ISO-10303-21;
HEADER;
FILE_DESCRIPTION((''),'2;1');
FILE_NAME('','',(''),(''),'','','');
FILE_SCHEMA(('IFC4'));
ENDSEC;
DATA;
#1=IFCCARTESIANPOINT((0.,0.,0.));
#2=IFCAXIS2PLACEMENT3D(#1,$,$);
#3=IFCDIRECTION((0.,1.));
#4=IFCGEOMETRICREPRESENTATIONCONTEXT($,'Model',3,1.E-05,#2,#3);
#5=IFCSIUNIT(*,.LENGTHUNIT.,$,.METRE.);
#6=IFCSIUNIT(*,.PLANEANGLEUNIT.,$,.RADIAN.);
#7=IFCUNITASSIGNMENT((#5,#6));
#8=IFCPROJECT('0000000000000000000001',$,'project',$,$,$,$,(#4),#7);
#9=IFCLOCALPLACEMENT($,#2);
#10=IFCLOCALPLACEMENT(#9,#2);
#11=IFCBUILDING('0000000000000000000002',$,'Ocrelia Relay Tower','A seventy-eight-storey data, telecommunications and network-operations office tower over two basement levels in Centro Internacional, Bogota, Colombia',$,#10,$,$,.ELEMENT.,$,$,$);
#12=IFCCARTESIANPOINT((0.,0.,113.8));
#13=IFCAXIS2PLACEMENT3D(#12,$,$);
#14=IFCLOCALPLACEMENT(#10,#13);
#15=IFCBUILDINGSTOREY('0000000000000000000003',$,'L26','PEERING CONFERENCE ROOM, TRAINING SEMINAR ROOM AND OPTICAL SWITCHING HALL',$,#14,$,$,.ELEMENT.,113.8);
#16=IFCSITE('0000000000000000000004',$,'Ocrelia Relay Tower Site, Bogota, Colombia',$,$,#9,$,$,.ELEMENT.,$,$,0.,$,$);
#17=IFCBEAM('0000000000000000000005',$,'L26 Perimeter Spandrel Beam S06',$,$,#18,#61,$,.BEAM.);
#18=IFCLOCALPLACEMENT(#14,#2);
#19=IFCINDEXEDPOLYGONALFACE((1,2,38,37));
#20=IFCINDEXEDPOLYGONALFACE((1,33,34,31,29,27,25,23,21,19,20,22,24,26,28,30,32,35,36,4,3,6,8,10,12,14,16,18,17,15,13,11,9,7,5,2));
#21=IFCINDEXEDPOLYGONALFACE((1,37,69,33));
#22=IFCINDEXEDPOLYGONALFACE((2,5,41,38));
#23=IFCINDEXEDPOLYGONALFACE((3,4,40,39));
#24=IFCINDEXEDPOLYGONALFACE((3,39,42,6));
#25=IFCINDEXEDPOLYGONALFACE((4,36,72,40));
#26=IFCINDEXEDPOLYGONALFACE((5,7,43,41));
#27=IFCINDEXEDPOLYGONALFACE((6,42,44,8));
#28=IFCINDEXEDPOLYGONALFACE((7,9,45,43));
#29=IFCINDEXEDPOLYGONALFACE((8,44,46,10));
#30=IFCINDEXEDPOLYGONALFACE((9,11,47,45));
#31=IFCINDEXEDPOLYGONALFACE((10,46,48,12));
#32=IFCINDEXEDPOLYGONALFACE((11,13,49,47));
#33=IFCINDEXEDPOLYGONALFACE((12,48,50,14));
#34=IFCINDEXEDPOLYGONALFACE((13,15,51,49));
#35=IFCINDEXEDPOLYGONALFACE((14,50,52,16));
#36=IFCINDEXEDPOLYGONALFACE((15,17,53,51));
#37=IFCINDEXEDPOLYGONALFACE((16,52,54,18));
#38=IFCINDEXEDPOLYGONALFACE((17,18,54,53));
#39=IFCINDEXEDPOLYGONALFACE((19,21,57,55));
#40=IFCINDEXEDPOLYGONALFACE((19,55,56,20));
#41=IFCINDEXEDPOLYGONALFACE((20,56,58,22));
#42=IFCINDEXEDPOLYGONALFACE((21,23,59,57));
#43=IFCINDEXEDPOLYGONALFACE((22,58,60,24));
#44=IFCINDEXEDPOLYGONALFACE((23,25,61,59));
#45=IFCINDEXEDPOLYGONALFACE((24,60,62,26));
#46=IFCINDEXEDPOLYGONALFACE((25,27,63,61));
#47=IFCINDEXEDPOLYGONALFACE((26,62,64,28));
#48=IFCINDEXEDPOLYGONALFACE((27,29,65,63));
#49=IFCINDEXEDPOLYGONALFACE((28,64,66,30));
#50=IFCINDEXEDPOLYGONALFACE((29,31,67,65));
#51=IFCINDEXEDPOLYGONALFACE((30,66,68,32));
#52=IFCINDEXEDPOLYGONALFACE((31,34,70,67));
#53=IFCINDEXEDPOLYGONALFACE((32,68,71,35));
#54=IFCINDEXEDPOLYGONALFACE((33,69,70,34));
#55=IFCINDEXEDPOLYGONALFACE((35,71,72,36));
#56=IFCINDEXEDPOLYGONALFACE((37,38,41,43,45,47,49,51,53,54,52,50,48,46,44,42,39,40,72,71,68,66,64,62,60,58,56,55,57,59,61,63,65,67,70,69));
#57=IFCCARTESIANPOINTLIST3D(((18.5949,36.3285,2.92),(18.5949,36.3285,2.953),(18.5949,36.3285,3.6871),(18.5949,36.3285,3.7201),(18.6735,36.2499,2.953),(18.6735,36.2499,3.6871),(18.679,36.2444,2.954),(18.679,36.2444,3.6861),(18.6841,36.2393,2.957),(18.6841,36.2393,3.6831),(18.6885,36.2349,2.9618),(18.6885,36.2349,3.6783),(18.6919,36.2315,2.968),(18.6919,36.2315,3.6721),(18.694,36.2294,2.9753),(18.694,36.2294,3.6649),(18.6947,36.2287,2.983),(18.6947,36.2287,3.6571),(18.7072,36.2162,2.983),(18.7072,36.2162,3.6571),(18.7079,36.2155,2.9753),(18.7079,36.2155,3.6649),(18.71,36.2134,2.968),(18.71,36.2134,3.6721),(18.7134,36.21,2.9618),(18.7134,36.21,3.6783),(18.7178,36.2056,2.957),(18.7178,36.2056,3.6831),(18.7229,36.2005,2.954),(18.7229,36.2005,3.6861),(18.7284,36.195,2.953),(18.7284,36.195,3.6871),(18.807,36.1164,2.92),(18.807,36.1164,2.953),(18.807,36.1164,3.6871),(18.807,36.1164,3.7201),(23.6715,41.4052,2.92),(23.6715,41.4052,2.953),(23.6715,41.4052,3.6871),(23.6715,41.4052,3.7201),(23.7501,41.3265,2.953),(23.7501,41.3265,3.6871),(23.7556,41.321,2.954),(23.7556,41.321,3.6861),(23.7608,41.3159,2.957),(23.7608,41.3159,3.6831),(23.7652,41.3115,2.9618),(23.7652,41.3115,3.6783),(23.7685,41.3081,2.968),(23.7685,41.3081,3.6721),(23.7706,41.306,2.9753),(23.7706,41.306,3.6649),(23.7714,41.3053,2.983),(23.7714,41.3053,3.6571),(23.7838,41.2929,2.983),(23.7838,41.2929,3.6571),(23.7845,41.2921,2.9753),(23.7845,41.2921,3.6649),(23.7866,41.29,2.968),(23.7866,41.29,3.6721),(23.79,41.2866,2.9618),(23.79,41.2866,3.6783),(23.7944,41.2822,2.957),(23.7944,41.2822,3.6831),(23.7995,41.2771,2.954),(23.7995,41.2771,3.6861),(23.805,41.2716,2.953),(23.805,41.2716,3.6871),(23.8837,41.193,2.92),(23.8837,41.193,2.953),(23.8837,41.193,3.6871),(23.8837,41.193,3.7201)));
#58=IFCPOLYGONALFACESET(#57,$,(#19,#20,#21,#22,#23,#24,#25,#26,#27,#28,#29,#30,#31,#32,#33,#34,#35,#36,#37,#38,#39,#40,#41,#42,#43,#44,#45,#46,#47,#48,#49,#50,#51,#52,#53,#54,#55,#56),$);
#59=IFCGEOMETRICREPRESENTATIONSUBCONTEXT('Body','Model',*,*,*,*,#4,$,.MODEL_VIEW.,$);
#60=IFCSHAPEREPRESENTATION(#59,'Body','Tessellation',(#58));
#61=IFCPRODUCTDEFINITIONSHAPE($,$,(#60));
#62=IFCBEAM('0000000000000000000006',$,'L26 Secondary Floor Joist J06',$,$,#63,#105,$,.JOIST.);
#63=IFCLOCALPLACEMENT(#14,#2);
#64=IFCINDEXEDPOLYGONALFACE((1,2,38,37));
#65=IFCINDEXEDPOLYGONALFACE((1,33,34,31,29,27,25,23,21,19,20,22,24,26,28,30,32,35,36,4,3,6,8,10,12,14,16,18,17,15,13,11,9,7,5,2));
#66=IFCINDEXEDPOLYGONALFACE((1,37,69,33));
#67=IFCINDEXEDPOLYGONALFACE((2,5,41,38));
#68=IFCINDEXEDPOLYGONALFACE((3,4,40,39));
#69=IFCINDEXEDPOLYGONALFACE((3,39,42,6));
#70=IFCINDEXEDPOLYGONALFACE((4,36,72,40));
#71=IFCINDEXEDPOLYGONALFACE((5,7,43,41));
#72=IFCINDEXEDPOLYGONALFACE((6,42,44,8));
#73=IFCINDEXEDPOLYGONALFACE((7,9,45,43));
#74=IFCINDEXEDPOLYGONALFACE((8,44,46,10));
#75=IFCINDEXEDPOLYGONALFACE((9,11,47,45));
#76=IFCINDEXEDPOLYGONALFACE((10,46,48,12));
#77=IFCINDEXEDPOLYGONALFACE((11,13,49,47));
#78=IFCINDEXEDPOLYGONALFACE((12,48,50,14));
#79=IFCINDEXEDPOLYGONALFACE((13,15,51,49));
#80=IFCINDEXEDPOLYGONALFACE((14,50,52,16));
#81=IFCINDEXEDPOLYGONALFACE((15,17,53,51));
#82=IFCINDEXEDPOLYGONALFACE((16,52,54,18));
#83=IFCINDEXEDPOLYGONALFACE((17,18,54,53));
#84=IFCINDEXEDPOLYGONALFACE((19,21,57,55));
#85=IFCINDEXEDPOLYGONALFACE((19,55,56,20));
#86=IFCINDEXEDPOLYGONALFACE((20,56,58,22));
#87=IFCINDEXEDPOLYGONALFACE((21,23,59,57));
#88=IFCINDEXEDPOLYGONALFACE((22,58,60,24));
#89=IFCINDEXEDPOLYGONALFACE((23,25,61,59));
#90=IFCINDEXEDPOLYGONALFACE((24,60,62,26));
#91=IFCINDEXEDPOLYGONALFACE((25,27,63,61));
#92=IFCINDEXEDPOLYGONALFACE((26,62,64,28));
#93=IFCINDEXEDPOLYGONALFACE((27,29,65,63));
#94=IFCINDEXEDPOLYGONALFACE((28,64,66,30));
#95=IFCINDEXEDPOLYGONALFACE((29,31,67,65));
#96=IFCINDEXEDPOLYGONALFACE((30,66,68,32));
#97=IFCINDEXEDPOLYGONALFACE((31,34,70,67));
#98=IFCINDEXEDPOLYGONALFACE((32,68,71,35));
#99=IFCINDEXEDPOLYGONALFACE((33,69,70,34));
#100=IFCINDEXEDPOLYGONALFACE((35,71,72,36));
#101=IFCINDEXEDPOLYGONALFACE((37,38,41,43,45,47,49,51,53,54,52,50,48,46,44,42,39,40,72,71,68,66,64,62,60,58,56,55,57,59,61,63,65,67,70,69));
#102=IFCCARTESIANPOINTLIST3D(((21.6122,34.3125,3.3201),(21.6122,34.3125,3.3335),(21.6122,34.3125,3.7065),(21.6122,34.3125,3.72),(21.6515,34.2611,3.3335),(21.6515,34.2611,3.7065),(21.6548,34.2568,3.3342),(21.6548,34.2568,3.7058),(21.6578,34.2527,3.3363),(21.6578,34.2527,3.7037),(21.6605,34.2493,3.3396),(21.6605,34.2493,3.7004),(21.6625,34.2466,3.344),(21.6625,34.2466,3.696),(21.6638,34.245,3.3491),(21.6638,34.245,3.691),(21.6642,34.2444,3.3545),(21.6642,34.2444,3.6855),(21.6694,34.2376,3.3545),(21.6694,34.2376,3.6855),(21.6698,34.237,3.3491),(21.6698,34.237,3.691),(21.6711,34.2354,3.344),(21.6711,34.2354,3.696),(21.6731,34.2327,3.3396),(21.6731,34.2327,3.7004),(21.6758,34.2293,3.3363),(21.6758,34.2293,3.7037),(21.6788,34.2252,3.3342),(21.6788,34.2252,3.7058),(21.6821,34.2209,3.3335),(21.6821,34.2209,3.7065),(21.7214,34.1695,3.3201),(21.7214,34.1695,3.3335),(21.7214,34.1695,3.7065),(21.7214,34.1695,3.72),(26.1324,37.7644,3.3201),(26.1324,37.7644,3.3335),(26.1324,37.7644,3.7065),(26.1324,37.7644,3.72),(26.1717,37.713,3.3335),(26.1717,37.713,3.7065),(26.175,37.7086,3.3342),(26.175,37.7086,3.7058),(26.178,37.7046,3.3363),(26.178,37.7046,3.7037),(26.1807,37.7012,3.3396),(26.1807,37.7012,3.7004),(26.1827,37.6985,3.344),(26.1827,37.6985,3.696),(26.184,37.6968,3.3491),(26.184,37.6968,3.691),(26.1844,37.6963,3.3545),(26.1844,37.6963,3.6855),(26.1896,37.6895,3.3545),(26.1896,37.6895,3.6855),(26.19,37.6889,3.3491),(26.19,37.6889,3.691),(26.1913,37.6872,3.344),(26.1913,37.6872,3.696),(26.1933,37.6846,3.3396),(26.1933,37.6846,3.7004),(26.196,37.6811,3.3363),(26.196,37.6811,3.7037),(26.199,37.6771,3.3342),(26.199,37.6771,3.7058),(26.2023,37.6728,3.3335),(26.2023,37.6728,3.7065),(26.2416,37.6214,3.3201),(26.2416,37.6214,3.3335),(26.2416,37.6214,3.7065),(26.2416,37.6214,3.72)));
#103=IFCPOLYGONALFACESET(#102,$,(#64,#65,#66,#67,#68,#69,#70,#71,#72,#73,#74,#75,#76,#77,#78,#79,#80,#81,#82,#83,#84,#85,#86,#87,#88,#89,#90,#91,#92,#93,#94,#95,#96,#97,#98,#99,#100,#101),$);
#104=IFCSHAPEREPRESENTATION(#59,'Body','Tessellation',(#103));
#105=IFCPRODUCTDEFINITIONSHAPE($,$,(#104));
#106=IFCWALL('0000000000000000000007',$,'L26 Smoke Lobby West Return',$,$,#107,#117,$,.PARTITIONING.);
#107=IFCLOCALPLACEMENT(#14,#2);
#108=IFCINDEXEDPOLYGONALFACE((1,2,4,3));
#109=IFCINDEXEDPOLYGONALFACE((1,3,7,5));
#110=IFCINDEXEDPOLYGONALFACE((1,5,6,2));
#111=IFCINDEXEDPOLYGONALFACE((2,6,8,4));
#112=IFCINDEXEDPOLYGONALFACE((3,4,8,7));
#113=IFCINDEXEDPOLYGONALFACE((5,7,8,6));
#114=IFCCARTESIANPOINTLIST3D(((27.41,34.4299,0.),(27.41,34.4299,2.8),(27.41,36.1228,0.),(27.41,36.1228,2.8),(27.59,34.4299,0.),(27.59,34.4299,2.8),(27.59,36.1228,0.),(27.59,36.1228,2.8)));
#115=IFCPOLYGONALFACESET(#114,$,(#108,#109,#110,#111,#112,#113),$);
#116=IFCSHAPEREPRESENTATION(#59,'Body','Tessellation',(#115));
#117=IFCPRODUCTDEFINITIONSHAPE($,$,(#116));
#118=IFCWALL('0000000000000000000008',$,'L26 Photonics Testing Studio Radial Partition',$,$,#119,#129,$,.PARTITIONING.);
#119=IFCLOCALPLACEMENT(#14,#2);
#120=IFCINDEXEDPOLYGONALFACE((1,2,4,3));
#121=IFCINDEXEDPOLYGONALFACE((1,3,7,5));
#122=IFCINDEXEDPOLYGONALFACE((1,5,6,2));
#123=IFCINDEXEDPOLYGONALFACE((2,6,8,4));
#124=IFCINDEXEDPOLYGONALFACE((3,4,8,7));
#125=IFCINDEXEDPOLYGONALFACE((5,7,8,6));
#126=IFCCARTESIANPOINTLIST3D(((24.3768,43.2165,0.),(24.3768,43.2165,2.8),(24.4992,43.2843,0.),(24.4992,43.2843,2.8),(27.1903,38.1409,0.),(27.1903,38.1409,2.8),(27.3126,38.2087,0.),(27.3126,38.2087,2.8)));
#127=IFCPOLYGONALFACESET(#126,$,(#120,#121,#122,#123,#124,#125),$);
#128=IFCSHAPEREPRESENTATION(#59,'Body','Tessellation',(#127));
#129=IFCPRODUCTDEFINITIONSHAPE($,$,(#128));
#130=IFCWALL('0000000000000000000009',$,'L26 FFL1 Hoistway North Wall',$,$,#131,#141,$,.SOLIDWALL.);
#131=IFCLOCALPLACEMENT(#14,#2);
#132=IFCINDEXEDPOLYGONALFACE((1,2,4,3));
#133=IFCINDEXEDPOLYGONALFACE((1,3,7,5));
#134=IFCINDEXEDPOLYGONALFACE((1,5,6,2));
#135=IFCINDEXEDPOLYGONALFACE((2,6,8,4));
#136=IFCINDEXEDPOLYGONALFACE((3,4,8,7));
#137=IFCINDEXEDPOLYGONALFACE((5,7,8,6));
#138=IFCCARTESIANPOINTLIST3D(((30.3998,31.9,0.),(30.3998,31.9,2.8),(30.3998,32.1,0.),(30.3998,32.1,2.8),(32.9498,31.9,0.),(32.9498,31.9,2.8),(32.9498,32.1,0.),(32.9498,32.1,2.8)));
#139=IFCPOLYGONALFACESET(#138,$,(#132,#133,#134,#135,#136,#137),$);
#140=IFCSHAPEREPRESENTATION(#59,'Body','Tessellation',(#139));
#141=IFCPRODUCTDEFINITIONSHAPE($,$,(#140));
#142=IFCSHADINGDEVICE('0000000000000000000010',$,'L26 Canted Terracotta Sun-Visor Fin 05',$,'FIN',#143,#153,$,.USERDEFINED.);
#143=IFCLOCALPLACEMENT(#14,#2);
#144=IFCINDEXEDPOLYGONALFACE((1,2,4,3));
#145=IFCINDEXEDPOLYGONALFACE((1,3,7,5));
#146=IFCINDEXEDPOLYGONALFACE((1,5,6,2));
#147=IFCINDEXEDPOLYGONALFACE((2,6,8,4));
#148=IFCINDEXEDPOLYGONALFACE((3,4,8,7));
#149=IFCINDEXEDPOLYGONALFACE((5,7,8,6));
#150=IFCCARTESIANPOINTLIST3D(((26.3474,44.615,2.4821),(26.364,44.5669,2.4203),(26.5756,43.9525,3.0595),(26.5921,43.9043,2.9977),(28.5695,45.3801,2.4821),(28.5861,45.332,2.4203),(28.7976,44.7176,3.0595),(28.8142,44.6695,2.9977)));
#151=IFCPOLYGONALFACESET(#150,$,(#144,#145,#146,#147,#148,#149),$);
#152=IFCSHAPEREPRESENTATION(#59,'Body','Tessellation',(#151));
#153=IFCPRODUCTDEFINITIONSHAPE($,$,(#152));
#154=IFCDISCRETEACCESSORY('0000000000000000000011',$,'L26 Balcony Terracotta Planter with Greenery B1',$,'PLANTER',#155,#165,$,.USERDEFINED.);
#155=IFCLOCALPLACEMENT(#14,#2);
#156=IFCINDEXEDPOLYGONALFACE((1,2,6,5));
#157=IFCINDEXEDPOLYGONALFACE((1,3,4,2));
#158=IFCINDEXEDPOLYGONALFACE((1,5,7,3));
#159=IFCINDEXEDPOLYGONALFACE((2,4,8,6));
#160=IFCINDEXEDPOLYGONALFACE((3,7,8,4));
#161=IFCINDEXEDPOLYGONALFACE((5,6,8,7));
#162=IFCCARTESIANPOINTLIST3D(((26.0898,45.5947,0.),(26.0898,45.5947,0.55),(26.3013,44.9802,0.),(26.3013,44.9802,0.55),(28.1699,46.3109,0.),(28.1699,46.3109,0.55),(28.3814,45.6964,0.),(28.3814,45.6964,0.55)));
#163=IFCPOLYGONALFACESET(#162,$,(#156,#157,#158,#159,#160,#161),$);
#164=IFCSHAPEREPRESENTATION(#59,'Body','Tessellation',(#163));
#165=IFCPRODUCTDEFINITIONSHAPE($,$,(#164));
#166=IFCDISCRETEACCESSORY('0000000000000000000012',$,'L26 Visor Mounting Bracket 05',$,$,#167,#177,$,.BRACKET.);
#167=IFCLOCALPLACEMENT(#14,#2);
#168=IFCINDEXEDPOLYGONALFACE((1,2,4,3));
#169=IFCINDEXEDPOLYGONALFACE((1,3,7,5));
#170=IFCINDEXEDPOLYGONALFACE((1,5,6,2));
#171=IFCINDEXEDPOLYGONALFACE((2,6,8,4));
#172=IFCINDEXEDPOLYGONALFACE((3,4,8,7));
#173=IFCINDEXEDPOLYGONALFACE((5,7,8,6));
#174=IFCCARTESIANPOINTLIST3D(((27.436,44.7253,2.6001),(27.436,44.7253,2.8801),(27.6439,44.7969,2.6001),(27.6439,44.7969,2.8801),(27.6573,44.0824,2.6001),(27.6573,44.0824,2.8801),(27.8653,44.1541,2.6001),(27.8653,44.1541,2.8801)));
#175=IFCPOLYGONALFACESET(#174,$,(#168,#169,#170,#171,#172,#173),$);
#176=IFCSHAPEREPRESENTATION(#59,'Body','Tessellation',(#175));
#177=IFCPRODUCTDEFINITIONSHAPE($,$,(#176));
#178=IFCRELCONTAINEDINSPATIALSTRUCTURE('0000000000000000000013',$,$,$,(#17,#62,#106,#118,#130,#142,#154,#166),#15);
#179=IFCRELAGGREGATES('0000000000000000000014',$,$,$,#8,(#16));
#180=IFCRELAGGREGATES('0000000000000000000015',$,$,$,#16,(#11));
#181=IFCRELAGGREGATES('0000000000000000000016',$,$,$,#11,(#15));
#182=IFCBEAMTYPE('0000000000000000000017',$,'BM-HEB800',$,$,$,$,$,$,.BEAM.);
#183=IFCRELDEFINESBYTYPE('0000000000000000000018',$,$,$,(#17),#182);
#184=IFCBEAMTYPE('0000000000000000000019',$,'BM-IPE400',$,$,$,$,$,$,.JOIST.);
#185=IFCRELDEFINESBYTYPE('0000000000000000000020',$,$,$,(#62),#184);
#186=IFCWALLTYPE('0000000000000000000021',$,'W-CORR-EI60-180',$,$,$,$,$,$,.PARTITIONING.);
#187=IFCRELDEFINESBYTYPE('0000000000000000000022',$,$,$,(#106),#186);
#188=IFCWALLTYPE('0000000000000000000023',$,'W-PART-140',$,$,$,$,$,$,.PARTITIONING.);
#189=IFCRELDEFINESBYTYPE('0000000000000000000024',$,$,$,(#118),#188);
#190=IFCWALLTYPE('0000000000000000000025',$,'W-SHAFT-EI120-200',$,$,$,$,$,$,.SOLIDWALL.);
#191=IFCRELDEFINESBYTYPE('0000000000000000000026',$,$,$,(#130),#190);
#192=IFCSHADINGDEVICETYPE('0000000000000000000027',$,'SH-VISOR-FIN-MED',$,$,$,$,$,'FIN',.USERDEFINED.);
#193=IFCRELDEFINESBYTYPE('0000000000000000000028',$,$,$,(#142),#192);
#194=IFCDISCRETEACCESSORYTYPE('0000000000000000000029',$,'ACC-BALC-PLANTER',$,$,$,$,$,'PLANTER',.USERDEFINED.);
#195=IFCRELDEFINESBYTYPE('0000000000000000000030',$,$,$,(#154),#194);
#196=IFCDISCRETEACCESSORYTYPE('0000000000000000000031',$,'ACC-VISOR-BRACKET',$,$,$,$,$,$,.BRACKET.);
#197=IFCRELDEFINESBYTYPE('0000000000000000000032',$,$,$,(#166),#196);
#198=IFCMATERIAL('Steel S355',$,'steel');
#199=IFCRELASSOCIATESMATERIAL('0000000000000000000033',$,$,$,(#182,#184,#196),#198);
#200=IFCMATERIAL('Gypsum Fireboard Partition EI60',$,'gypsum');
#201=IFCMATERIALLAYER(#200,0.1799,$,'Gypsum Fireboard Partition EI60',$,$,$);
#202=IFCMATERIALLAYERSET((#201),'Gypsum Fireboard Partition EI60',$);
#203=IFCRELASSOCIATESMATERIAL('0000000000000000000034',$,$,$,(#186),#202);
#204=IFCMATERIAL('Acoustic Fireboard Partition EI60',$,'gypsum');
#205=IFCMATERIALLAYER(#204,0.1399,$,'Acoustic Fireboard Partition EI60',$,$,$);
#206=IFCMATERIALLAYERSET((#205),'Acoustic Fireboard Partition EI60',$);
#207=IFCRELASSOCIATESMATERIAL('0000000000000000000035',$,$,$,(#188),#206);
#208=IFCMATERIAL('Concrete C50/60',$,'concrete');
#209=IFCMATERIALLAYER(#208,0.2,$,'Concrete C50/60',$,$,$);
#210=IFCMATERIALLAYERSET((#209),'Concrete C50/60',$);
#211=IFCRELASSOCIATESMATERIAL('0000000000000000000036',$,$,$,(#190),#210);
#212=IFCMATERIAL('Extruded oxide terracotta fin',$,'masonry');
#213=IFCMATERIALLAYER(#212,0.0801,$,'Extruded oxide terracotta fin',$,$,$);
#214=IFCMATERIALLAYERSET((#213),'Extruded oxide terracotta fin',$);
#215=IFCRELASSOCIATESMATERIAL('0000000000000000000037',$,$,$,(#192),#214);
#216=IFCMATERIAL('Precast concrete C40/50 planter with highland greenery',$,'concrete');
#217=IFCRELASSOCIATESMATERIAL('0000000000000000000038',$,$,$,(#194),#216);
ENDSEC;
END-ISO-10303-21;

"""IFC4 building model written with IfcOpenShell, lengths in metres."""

from ifc_helpers import new_model, si_unit, direction, frame, frame_2d, origin, origin_2d, place, context, subcontext, project, spatial, rectangle, i_section, extrude, material, layer, layer_set, material_profile, profile_set, type_object, element, save


model = new_model("IFC4")

# Units and contexts
model_context = context("Model", 3, precision=1e-05, world=origin(), true_north=direction((0.0, 1.0)))
body_context = subcontext(model_context, "Body", "Model", "MODEL_VIEW")
ifc_project = project(units=[si_unit("LENGTHUNIT", "METRE"), si_unit("PLANEANGLEUNIT", "RADIAN")], contexts=[model_context])

# Site, building, storey
site_placement = place(None, origin())
site = spatial("IfcSite", under=ifc_project, at=site_placement, Name="Ocrelia Relay Tower Site, Bogota, Colombia", CompositionType="ELEMENT", RefElevation=0.0)
building_placement = place(site_placement, origin())
building = spatial("IfcBuilding", under=site, at=building_placement, Name="Ocrelia Relay Tower", Description="A seventy-eight-storey data, telecommunications and network-operations office tower over two basement levels in Centro Internacional, Bogota, Colombia", CompositionType="ELEMENT")
storey_placement = place(building_placement, frame((0.0, 0.0, 113.8)))
storey = spatial("IfcBuildingStorey", under=building, at=storey_placement, Name="L26", Description="PEERING CONFERENCE ROOM, TRAINING SEMINAR ROOM AND OPTICAL SWITCHING HALL", CompositionType="ELEMENT", Elevation=113.8)

# Beams
ifc_material_1 = material(Name="Steel S355", Category="steel")
ifc_material_profile_1 = material_profile(ifc_material_1, i_section(OverallWidth=0.3, OverallDepth=0.8, WebThickness=0.0176, FlangeThickness=0.033, FilletRadius=0.03, at=origin_2d()), Name="HEB 800")
ifc_profile_set_1 = profile_set([ifc_material_profile_1], Name="Steel S355")
beam_type_1 = type_object("IfcBeamType", Name="BM-HEB800", PredefinedType="BEAM", material=ifc_profile_set_1)
beam_1_placement = place(storey_placement, frame((23.7776, 41.2991, 3.3201), z_axis=(-0.707107, -0.707107, 0.0), x_axis=(0.707107, -0.707107, 0.0)))
element("IfcBeam", 1, at=beam_1_placement, inside=storey, type_object=beam_type_1, Name="L26 Perimeter Spandrel Beam S06", PredefinedType="BEAM", context=body_context, shape_type="SweptSolid", body=[
    extrude(i_section(OverallWidth=0.3, OverallDepth=0.8, WebThickness=0.0176, FlangeThickness=0.033, FilletRadius=0.03, at=origin_2d()), origin(), (0.0, 0.0, 1.0), 7.1794),
])
ifc_material_profile_2 = material_profile(ifc_material_1, i_section(OverallWidth=0.1799, OverallDepth=0.3999, WebThickness=0.0085, FlangeThickness=0.0134, FilletRadius=0.021, at=origin_2d()), Name="IPE 400")
ifc_profile_set_2 = profile_set([ifc_material_profile_2], Name="Steel S355")
beam_type_2 = type_object("IfcBeamType", Name="BM-IPE400", PredefinedType="JOIST", material=ifc_profile_set_2)
beam_2_placement = place(storey_placement, frame((26.187, 37.6929, 3.52), z_axis=(-0.794762, -0.606921, 0.0), x_axis=(0.606921, -0.794762, 0.0)))
element("IfcBeam", 2, at=beam_2_placement, inside=storey, type_object=beam_type_2, Name="L26 Secondary Floor Joist J06", PredefinedType="JOIST", context=body_context, shape_type="SweptSolid", body=[
    extrude(i_section(OverallWidth=0.1799, OverallDepth=0.3999, WebThickness=0.0085, FlangeThickness=0.0134, FilletRadius=0.021, at=origin_2d()), origin(), (0.0, 0.0, 1.0), 5.6875),
])

# Wall
ifc_material_2 = material(Name="Gypsum Fireboard Partition EI60", Category="gypsum")
ifc_layer_1 = layer(ifc_material_2, 0.1799, Name="Gypsum Fireboard Partition EI60")
ifc_layer_set_1 = layer_set([ifc_layer_1], Name="Gypsum Fireboard Partition EI60")
wall_type_1 = type_object("IfcWallType", Name="W-CORR-EI60-180", PredefinedType="PARTITIONING", material=ifc_layer_set_1)
wall_1_placement = place(storey_placement, frame((27.5, 34.4299, 0.0), z_axis=(0.0, 0.0, 1.0), x_axis=(0.0, 1.0, 0.0)))
element("IfcWall", 3, at=wall_1_placement, inside=storey, type_object=wall_type_1, Name="L26 Smoke Lobby West Return", PredefinedType="PARTITIONING", context=body_context, shape_type="SweptSolid", body=[
    extrude(rectangle(XDim=1.6929, YDim=0.1799, at=frame_2d((0.8464, 0.0))), origin(), (0.0, 0.0, 1.0), 2.8),
])

# Shared definitions
ifc_material_3 = material(Name="Concrete C50/60", Category="concrete")

# Walls
ifc_material_4 = material(Name="Acoustic Fireboard Partition EI60", Category="gypsum")
ifc_layer_2 = layer(ifc_material_4, 0.1399, Name="Acoustic Fireboard Partition EI60")
ifc_layer_set_2 = layer_set([ifc_layer_2], Name="Acoustic Fireboard Partition EI60")
wall_type_2 = type_object("IfcWallType", Name="W-PART-140", PredefinedType="PARTITIONING", material=ifc_layer_set_2)
wall_2_placement = place(storey_placement, frame((27.2515, 38.1748, 0.0), z_axis=(0.0, 0.0, 1.0), x_axis=(-0.484807, 0.874621, 0.0)))
element("IfcWall", 4, at=wall_2_placement, inside=storey, type_object=wall_type_2, Name="L26 Photonics Testing Studio Radial Partition", PredefinedType="PARTITIONING", context=body_context, shape_type="SweptSolid", body=[
    extrude(rectangle(XDim=5.8032, YDim=0.1399, at=frame_2d((2.9016, 0.0))), origin(), (0.0, 0.0, 1.0), 2.8),
])
ifc_layer_3 = layer(ifc_material_3, 0.2, Name="Concrete C50/60")
ifc_layer_set_3 = layer_set([ifc_layer_3], Name="Concrete C50/60")
wall_type_3 = type_object("IfcWallType", Name="W-SHAFT-EI120-200", PredefinedType="SOLIDWALL", material=ifc_layer_set_3)
wall_3_placement = place(storey_placement, frame((30.3999, 32.0, 0.0), z_axis=(0.0, 0.0, 1.0), x_axis=(1.0, 0.0, 0.0)))
element("IfcWall", 5, at=wall_3_placement, inside=storey, type_object=wall_type_3, Name="L26 FFL1 Hoistway North Wall", PredefinedType="SOLIDWALL", context=body_context, shape_type="SweptSolid", body=[
    extrude(rectangle(XDim=2.55, YDim=0.2, at=frame_2d((1.2749, 0.0))), origin(), (0.0, 0.0, 1.0), 2.8),
])

# Shading device
ifc_material_5 = material(Name="Extruded oxide terracotta fin", Category="masonry")
ifc_layer_4 = layer(ifc_material_5, 0.0801, Name="Extruded oxide terracotta fin")
ifc_layer_set_4 = layer_set([ifc_layer_4], Name="Extruded oxide terracotta fin")
shading_device_type = type_object("IfcShadingDeviceType", Name="SH-VISOR-FIN-MED", ElementType="FIN", PredefinedType="USERDEFINED", material=ifc_layer_set_4)
shading_device_placement = place(storey_placement, frame((27.5891, 44.6182, 2.709), z_axis=(-0.207046, 0.601295, 0.771736), x_axis=(-0.945517, -0.325573, 0.0)))
element("IfcShadingDevice", 6, at=shading_device_placement, inside=storey, type_object=shading_device_type, Name="L26 Canted Terracotta Sun-Visor Fin 05", ObjectType="FIN", PredefinedType="USERDEFINED", context=body_context, shape_type="SweptSolid", body=[
    extrude(rectangle(XDim=2.3501, YDim=0.908, at=origin_2d()), origin(), (0.0, 0.0, 1.0), 0.0801),
])

# Discrete accessories
ifc_material_6 = material(Name="Precast concrete C40/50 planter with highland greenery", Category="concrete")
discrete_accessory_type_1 = type_object("IfcDiscreteAccessoryType", Name="ACC-BALC-PLANTER", ElementType="PLANTER", PredefinedType="USERDEFINED", material=ifc_material_6)
discrete_accessory_1_placement = place(storey_placement, frame((27.2356, 45.6455, 0.0), z_axis=(0.0, 0.0, 1.0), x_axis=(0.945524, 0.325553, 0.0)))
element("IfcDiscreteAccessory", 7, at=discrete_accessory_1_placement, inside=storey, type_object=discrete_accessory_type_1, Name="L26 Balcony Terracotta Planter with Greenery B1", ObjectType="PLANTER", PredefinedType="USERDEFINED", context=body_context, shape_type="SweptSolid", body=[
    extrude(rectangle(XDim=2.2, YDim=0.6499, at=origin_2d()), origin(), (0.0, 0.0, 1.0), 0.55),
])
discrete_accessory_type_2 = type_object("IfcDiscreteAccessoryType", Name="ACC-VISOR-BRACKET", PredefinedType="BRACKET", material=ifc_material_1)
discrete_accessory_2_placement = place(storey_placement, frame((27.6506, 44.4397, 2.6001), z_axis=(0.0, 0.0, 1.0), x_axis=(-0.945517, -0.325573, 0.0)))
element("IfcDiscreteAccessory", 8, at=discrete_accessory_2_placement, inside=storey, type_object=discrete_accessory_type_2, Name="L26 Visor Mounting Bracket 05", PredefinedType="BRACKET", context=body_context, shape_type="SweptSolid", body=[
    extrude(rectangle(XDim=0.22, YDim=0.6799, at=origin_2d()), origin(), (0.0, 0.0, 1.0), 0.28),
])

save(model, "model.ifc")
